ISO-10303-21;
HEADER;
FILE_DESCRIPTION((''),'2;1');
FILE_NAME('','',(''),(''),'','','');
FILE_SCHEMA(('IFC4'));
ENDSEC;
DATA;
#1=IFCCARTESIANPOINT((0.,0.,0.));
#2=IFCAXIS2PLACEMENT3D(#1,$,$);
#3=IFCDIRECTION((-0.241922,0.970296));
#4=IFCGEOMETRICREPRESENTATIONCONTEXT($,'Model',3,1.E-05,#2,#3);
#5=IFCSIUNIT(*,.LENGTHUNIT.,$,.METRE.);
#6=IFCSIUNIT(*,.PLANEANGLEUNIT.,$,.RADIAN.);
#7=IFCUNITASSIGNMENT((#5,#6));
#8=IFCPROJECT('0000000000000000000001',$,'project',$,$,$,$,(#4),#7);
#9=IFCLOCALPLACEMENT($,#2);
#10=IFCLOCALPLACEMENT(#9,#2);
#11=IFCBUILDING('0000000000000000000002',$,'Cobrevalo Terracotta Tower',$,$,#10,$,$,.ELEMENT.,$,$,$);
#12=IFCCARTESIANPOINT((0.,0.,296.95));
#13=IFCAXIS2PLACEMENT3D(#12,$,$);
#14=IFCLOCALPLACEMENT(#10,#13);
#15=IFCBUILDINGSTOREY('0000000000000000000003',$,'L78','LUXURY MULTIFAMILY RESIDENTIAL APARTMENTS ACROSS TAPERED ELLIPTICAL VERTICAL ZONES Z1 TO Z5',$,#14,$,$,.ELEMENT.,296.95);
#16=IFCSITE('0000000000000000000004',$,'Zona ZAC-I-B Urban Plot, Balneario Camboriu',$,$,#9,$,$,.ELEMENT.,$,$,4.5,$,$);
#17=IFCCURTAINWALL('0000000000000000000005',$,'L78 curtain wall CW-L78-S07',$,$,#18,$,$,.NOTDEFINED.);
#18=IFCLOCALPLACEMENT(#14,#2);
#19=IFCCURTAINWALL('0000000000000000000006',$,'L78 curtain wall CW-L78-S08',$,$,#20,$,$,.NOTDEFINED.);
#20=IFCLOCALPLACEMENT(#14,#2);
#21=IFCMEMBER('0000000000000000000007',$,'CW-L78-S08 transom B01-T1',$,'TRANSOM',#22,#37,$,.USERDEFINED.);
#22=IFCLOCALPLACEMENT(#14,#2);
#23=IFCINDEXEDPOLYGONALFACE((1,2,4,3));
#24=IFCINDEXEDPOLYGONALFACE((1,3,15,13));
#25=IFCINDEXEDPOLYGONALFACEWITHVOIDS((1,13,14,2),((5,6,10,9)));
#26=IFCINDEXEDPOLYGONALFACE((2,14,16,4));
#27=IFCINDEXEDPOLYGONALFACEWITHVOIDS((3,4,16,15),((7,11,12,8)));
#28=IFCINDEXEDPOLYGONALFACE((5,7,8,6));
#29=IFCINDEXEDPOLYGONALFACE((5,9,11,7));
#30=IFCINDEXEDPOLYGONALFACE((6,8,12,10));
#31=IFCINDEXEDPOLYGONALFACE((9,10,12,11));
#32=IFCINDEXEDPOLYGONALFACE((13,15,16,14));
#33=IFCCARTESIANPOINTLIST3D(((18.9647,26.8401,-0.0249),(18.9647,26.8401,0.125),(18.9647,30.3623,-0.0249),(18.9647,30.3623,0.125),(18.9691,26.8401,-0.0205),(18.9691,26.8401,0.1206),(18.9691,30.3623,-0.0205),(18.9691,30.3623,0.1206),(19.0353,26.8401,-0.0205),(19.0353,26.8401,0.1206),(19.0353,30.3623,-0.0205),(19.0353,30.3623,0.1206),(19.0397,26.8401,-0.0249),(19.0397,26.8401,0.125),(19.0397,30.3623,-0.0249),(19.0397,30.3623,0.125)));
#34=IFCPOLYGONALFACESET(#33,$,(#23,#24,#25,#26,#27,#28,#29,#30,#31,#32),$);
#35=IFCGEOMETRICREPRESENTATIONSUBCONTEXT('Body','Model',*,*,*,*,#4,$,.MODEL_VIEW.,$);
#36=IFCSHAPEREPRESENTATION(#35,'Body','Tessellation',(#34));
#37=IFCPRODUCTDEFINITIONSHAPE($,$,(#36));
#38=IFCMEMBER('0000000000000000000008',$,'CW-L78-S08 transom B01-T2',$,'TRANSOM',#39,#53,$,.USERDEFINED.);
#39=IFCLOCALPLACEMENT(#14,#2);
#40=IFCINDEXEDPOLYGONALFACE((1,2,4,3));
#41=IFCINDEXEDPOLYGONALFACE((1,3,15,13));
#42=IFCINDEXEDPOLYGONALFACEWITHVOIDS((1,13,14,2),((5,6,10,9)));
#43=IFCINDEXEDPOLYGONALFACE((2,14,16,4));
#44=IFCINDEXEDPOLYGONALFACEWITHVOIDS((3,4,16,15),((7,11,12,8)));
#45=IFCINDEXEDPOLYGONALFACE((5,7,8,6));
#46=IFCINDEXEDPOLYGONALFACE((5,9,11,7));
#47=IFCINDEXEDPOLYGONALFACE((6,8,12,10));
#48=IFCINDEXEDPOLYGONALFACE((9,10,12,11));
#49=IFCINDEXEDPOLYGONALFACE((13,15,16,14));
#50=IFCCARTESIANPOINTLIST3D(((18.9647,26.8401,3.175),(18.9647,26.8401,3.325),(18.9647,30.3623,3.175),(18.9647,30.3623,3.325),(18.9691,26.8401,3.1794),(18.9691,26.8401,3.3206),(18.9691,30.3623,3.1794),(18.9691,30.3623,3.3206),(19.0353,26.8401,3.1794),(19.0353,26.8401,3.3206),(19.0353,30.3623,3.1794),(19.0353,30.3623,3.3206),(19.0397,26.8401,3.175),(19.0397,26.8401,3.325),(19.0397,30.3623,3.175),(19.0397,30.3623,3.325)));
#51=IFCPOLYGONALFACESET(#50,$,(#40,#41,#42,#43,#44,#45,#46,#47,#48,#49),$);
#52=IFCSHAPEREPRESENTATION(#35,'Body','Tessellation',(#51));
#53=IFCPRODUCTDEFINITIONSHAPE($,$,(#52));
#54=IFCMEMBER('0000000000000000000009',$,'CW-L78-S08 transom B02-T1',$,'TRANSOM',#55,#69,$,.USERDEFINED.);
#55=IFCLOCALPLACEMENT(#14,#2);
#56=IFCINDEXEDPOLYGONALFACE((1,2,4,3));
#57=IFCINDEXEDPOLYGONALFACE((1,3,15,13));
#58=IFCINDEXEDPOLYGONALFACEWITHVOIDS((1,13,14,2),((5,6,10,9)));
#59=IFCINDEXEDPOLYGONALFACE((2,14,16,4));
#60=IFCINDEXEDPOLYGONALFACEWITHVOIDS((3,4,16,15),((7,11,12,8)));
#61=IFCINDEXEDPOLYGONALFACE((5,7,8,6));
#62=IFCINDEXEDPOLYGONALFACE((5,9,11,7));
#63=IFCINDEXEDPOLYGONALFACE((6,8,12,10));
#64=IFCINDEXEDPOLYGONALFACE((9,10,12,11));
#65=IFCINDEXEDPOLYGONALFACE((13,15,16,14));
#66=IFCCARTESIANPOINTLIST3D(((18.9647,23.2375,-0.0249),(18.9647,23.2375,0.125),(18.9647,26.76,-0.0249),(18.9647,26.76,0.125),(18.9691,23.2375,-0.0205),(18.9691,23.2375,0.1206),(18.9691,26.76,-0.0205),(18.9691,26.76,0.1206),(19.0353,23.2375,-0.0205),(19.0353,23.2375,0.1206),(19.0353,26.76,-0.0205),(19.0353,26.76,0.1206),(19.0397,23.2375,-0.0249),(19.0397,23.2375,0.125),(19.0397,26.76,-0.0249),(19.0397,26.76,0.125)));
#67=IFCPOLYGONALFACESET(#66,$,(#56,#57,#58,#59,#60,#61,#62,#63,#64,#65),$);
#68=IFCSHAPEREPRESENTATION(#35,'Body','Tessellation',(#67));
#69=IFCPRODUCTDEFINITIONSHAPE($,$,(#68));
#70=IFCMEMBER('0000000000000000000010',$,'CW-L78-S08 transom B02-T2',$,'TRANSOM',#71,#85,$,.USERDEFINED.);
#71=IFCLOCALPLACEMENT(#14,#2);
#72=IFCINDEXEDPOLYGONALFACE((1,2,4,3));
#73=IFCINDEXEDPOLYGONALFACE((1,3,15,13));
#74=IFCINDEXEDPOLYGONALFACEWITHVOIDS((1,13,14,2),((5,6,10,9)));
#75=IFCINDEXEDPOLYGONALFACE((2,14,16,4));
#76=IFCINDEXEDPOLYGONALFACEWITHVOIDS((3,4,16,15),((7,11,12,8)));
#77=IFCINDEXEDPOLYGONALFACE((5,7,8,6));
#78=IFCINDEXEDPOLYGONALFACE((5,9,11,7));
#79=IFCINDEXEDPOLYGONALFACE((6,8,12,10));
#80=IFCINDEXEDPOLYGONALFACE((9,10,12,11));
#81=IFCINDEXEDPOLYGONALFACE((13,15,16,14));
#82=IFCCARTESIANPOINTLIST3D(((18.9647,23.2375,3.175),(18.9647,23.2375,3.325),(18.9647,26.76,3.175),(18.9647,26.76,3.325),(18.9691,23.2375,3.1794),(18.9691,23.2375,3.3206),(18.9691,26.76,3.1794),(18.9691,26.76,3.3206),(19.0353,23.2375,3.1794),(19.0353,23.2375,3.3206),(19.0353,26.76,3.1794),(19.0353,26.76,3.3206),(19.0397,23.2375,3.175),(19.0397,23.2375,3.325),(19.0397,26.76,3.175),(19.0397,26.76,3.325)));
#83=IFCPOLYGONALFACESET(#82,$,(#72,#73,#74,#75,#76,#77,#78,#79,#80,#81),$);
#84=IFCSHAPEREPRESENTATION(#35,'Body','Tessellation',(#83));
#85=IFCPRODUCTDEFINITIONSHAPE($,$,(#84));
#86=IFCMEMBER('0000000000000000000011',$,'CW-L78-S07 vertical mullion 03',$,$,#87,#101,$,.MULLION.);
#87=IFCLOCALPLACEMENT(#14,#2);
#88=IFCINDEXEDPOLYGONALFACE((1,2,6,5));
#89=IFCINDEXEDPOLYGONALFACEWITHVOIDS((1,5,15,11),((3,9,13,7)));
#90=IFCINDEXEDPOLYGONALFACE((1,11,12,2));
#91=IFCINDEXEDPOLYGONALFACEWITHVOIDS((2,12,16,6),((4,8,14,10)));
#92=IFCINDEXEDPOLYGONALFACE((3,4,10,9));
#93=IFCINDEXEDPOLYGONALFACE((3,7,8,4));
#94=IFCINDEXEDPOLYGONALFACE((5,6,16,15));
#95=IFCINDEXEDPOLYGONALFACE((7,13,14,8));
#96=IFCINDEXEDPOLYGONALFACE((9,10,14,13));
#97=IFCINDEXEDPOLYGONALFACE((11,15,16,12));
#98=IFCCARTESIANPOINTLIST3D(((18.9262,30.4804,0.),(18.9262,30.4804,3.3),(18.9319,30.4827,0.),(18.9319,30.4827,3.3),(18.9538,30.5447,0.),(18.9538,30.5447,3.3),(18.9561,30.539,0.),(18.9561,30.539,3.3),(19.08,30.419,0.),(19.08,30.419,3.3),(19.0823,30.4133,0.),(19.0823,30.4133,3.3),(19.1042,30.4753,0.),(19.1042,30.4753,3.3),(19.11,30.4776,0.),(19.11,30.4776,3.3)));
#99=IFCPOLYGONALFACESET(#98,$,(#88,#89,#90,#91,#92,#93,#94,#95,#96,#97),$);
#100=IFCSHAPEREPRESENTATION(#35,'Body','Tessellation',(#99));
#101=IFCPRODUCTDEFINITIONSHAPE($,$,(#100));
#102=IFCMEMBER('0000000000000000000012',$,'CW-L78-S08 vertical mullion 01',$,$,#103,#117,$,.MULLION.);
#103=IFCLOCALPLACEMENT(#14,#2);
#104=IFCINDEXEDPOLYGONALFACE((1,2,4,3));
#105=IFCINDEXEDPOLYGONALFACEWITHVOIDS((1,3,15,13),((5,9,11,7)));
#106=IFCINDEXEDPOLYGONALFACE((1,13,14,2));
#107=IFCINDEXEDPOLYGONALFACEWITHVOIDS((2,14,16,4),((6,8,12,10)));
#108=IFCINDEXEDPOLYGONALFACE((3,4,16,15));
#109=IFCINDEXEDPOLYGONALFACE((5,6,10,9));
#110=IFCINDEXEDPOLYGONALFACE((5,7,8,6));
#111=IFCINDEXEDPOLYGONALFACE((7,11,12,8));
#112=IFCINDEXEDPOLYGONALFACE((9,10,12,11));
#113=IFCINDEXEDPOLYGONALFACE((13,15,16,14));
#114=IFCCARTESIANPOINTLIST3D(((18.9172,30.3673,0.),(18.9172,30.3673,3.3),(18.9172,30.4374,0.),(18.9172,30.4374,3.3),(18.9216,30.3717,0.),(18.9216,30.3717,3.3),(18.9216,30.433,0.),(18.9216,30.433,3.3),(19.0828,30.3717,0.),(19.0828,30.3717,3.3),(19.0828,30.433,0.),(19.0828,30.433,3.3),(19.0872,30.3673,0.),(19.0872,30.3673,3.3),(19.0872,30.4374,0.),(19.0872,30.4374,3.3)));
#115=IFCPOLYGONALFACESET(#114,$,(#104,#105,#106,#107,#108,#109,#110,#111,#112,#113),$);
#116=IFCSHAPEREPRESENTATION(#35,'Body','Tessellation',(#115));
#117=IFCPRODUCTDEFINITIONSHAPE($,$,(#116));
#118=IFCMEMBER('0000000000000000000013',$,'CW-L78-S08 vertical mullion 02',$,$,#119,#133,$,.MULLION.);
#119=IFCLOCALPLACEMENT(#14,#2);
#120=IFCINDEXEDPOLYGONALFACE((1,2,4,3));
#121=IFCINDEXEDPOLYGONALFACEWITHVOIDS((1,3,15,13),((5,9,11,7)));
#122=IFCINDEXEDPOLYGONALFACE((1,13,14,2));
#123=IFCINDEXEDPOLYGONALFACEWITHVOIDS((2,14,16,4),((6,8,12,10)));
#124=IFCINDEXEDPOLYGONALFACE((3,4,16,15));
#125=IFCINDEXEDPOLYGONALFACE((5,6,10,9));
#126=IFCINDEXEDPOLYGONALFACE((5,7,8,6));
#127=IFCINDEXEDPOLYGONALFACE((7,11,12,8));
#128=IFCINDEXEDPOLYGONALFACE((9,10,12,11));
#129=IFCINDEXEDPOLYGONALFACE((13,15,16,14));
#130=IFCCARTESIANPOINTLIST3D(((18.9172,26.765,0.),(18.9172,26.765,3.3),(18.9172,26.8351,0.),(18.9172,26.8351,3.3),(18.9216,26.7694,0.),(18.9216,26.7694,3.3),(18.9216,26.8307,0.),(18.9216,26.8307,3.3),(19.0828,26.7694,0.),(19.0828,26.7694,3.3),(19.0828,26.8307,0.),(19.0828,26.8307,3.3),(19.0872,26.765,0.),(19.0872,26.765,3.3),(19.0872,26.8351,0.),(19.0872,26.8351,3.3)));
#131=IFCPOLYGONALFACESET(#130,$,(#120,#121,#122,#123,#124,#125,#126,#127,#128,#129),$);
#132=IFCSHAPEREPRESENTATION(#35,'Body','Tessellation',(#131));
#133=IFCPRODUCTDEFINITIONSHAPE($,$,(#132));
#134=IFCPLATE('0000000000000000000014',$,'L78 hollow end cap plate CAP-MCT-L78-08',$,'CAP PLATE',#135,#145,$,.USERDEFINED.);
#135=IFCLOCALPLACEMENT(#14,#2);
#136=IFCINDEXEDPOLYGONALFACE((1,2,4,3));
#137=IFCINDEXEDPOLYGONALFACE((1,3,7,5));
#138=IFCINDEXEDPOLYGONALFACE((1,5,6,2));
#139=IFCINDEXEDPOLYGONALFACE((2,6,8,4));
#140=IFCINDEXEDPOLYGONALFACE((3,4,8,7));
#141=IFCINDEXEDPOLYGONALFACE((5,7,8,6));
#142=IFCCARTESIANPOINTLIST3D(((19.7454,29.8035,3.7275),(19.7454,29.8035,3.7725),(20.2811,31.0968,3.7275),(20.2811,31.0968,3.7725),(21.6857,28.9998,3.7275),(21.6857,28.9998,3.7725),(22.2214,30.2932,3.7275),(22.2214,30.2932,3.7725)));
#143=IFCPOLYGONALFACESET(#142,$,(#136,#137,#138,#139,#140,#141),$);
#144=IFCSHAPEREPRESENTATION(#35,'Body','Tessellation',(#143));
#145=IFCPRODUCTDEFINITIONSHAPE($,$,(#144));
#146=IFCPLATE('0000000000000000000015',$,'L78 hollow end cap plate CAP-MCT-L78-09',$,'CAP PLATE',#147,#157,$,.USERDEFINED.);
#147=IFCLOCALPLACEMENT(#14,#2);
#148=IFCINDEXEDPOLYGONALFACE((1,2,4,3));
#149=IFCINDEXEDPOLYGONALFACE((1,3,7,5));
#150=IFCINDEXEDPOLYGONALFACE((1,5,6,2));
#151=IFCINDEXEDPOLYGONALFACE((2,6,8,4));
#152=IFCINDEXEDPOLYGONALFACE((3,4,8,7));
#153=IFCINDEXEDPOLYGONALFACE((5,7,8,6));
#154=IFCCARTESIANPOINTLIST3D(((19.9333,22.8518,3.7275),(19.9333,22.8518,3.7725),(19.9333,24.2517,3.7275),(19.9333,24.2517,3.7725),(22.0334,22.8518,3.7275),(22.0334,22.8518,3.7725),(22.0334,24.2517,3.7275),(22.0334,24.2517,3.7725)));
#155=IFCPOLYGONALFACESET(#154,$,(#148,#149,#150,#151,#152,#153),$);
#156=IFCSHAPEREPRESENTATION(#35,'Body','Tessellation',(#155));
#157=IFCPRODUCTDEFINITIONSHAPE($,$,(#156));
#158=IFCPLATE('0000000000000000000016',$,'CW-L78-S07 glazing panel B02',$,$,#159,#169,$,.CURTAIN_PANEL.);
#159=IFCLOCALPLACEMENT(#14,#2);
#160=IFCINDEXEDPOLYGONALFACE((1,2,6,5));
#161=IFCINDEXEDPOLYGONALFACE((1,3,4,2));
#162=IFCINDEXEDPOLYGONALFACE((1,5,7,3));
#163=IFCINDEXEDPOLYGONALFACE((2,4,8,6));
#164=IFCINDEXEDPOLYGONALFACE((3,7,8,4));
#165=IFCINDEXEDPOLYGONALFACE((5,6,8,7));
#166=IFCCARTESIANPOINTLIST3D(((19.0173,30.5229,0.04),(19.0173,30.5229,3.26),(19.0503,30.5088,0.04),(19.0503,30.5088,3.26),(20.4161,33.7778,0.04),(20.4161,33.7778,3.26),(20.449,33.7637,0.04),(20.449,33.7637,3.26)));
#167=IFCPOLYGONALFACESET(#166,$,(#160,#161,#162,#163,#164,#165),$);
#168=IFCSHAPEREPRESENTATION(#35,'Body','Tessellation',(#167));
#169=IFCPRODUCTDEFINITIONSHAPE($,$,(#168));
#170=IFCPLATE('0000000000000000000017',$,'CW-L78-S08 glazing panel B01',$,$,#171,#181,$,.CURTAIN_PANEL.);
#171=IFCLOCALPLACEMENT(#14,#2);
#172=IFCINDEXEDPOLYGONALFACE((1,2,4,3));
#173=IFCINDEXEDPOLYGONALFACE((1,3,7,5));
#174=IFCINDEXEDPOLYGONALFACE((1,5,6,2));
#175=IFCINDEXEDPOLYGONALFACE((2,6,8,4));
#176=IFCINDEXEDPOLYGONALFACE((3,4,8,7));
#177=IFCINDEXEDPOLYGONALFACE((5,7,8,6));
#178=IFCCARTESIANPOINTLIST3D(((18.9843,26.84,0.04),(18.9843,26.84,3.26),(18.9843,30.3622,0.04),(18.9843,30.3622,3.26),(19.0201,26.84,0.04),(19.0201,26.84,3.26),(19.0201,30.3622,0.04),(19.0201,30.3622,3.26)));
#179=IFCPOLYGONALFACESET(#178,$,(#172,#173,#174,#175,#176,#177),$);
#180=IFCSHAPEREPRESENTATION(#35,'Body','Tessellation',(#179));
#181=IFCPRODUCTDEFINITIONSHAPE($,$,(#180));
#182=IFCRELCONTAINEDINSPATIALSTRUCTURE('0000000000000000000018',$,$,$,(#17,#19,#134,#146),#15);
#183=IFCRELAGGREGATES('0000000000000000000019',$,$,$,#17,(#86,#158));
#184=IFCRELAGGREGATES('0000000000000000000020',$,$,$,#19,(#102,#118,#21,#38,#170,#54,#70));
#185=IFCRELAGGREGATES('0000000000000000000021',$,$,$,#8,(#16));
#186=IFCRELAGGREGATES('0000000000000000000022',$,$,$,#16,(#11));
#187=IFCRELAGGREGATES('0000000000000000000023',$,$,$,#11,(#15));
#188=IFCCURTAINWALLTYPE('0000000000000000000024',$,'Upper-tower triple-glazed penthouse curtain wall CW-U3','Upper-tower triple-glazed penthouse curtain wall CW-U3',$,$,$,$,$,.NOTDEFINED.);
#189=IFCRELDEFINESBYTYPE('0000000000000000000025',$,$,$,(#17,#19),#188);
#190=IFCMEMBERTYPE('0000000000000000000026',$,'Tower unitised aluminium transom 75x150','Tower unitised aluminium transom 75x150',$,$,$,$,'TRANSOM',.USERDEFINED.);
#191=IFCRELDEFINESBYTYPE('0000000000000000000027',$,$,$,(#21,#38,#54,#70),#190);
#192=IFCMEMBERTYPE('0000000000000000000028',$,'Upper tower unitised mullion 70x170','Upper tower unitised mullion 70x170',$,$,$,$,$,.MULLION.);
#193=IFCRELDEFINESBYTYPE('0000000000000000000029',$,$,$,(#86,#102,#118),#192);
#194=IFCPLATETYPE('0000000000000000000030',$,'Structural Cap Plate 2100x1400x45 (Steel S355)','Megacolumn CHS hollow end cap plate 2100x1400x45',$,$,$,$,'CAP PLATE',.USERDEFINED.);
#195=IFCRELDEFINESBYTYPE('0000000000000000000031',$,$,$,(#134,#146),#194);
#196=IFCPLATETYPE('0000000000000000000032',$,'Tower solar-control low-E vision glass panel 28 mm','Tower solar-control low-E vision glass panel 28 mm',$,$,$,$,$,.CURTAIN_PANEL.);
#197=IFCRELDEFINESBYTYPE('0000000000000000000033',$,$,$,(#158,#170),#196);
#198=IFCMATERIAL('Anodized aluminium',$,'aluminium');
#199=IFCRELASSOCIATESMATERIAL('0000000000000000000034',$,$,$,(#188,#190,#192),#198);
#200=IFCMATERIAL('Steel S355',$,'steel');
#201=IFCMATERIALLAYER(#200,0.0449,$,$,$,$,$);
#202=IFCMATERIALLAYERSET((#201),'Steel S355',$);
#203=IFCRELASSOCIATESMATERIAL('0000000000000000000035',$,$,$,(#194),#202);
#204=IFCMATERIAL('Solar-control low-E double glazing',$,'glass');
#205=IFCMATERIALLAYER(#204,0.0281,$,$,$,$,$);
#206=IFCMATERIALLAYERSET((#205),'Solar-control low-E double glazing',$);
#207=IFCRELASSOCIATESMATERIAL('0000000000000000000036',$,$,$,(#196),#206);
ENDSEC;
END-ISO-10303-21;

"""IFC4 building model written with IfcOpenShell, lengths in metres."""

from ifc_helpers import new_model, si_unit, direction, frame, origin, origin_2d, place, context, subcontext, project, spatial, rectangle, hollow_rectangle, extrude, source, transform, mapped, material, layer, layer_set, material_profile, profile_set, type_object, element, aggregate, save


model = new_model("IFC4")

# Units and contexts
model_context = context("Model", 3, precision=1e-05, world=origin(), true_north=direction((-0.241922, 0.970296)))
body_context = subcontext(model_context, "Body", "Model", "MODEL_VIEW")
ifc_project = project(units=[si_unit("LENGTHUNIT", "METRE"), si_unit("PLANEANGLEUNIT", "RADIAN")], contexts=[model_context])

# Site, building, storey
site_placement = place(None, origin())
site = spatial("IfcSite", under=ifc_project, at=site_placement, Name="Zona ZAC-I-B Urban Plot, Balneario Camboriu", CompositionType="ELEMENT", RefElevation=4.5)
building_placement = place(site_placement, origin())
building = spatial("IfcBuilding", under=site, at=building_placement, Name="Cobrevalo Terracotta Tower", CompositionType="ELEMENT")
storey_placement = place(building_placement, frame((0.0, 0.0, 296.95)))
storey = spatial("IfcBuildingStorey", under=building, at=storey_placement, Name="L78", Description="LUXURY MULTIFAMILY RESIDENTIAL APARTMENTS ACROSS TAPERED ELLIPTICAL VERTICAL ZONES Z1 TO Z5", CompositionType="ELEMENT", Elevation=296.95)

# Shared definitions
ifc_material_1 = material(Name="Steel S355", Category="steel")

# Curtain walls, members
ifc_material_2 = material(Name="Anodized aluminium", Category="aluminium")
curtain_wall_type = type_object("IfcCurtainWallType", Name="Upper-tower triple-glazed penthouse curtain wall CW-U3", Description="Upper-tower triple-glazed penthouse curtain wall CW-U3", PredefinedType="NOTDEFINED", material=ifc_material_2)
curtain_wall_1_placement = place(storey_placement, origin())
curtain_wall_1 = element("IfcCurtainWall", 1, at=curtain_wall_1_placement, inside=storey, type_object=curtain_wall_type, Name="L78 curtain wall CW-L78-S07", PredefinedType="NOTDEFINED")
ifc_material_profile_1 = material_profile(ifc_material_2, hollow_rectangle(XDim=0.075, YDim=0.1499, WallThickness=0.0044, at=origin_2d()), Name="CWT 75x150")
ifc_profile_set_1 = profile_set([ifc_material_profile_1], Name="Anodized aluminium")
member_type_1 = type_object("IfcMemberType", Name="Tower unitised aluminium transom 75x150", Description="Tower unitised aluminium transom 75x150", ElementType="TRANSOM", PredefinedType="USERDEFINED", material=ifc_profile_set_1)
curtain_wall_2_placement = place(storey_placement, origin())
curtain_wall_2 = element("IfcCurtainWall", 2, at=curtain_wall_2_placement, inside=storey, type_object=curtain_wall_type, Name="L78 curtain wall CW-L78-S08", PredefinedType="NOTDEFINED")
shared_shape_1 = source(origin(), body_context, "Body", "SweptSolid", [
    extrude(hollow_rectangle(XDim=0.075, YDim=0.1499, WallThickness=0.0044, at=origin_2d()), origin(), (0.0, 0.0, 1.0), 3.5222),
])
member_1_placement = place(storey_placement, frame((19.0022, 30.3623, 0.05), z_axis=(0.0, -1.0, 0.0), x_axis=(1.0, 0.0, 0.0)))
member_1 = element("IfcMember", 3, at=member_1_placement, type_object=member_type_1, Name="CW-L78-S08 transom B01-T1", ObjectType="TRANSOM", PredefinedType="USERDEFINED", context=body_context, shape_type="MappedRepresentation", body=[
    mapped(shared_shape_1, transform((0.0, 0.0, 0.0), scale=1.0)),
])
member_2_placement = place(storey_placement, frame((19.0022, 30.3623, 3.25), z_axis=(0.0, -1.0, 0.0), x_axis=(1.0, 0.0, 0.0)))
member_2 = element("IfcMember", 4, at=member_2_placement, type_object=member_type_1, Name="CW-L78-S08 transom B01-T2", ObjectType="TRANSOM", PredefinedType="USERDEFINED", context=body_context, shape_type="MappedRepresentation", body=[
    mapped(shared_shape_1, transform((0.0, 0.0, 0.0), scale=1.0)),
])
shared_shape_2 = source(origin(), body_context, "Body", "SweptSolid", [
    extrude(hollow_rectangle(XDim=0.075, YDim=0.1499, WallThickness=0.0044, at=origin_2d()), origin(), (0.0, 0.0, 1.0), 3.5225),
])
member_3_placement = place(storey_placement, frame((19.0022, 26.76, 0.05), z_axis=(0.0, -1.0, 0.0), x_axis=(1.0, 0.0, 0.0)))
member_3 = element("IfcMember", 5, at=member_3_placement, type_object=member_type_1, Name="CW-L78-S08 transom B02-T1", ObjectType="TRANSOM", PredefinedType="USERDEFINED", context=body_context, shape_type="MappedRepresentation", body=[
    mapped(shared_shape_2, transform((0.0, 0.0, 0.0), scale=1.0)),
])
member_4_placement = place(storey_placement, frame((19.0022, 26.76, 3.25), z_axis=(0.0, -1.0, 0.0), x_axis=(1.0, 0.0, 0.0)))
member_4 = element("IfcMember", 6, at=member_4_placement, type_object=member_type_1, Name="CW-L78-S08 transom B02-T2", ObjectType="TRANSOM", PredefinedType="USERDEFINED", context=body_context, shape_type="MappedRepresentation", body=[
    mapped(shared_shape_2, transform((0.0, 0.0, 0.0), scale=1.0)),
])

# Members
ifc_material_profile_2 = material_profile(ifc_material_2, hollow_rectangle(XDim=0.0701, YDim=0.1699, WallThickness=0.0044, at=origin_2d()), Name="CWM 70x170")
ifc_profile_set_2 = profile_set([ifc_material_profile_2], Name="Anodized aluminium")
member_type_2 = type_object("IfcMemberType", Name="Upper tower unitised mullion 70x170", Description="Upper tower unitised mullion 70x170", PredefinedType="MULLION", material=ifc_profile_set_2)
shared_shape_3 = source(origin(), body_context, "Body", "SweptSolid", [
    extrude(hollow_rectangle(XDim=0.0701, YDim=0.1699, WallThickness=0.0044, at=origin_2d()), origin(), (0.0, 0.0, 1.0), 3.3),
])
member_5_placement = place(storey_placement, frame((19.0181, 30.479, 0.0), z_axis=(0.0, 0.0, 1.0), x_axis=(-0.394824, -0.918757, 0.0)))
member_5 = element("IfcMember", 7, at=member_5_placement, type_object=member_type_2, Name="CW-L78-S07 vertical mullion 03", PredefinedType="MULLION", context=body_context, shape_type="MappedRepresentation", body=[
    mapped(shared_shape_3, transform((0.0, 0.0, 0.0), scale=1.0)),
])
member_6_placement = place(storey_placement, frame((19.0022, 30.4023, 0.0), z_axis=(0.0, 0.0, 1.0), x_axis=(0.0, -1.0, 0.0)))
member_6 = element("IfcMember", 8, at=member_6_placement, type_object=member_type_2, Name="CW-L78-S08 vertical mullion 01", PredefinedType="MULLION", context=body_context, shape_type="MappedRepresentation", body=[
    mapped(shared_shape_3, transform((0.0, 0.0, 0.0), scale=1.0)),
])
member_7_placement = place(storey_placement, frame((19.0022, 26.8, 0.0), z_axis=(0.0, 0.0, 1.0), x_axis=(0.0, -1.0, 0.0)))
member_7 = element("IfcMember", 9, at=member_7_placement, type_object=member_type_2, Name="CW-L78-S08 vertical mullion 02", PredefinedType="MULLION", context=body_context, shape_type="MappedRepresentation", body=[
    mapped(shared_shape_3, transform((0.0, 0.0, 0.0), scale=1.0)),
])

# Plates
ifc_layer_1 = layer(ifc_material_1, 0.0449)
ifc_layer_set_1 = layer_set([ifc_layer_1], Name="Steel S355")
plate_type_1 = type_object("IfcPlateType", Name="Structural Cap Plate 2100x1400x45 (Steel S355)", Description="Megacolumn CHS hollow end cap plate 2100x1400x45", ElementType="CAP PLATE", PredefinedType="USERDEFINED", material=ifc_layer_set_1)
shared_shape_4 = source(origin(), body_context, "Body", "SweptSolid", [
    extrude(rectangle(XDim=2.1001, YDim=1.3999, at=origin_2d()), origin(), (0.0, 0.0, 1.0), 0.0449),
])
for number, where, z_axis, x_axis, name in (
    (10, (20.9834, 30.0483, 3.7275), (0.0, 0.0, 1.0), (-0.92388, 0.382683, 0.0), "L78 hollow end cap plate CAP-MCT-L78-08"),
    (11, (20.9834, 23.5518, 3.7275), (0.0, 0.0, 1.0), (-1.0, 0.0, 0.0), "L78 hollow end cap plate CAP-MCT-L78-09"),
):
    element("IfcPlate", number, at=place(storey_placement, frame(where, z_axis=z_axis, x_axis=x_axis)), inside=storey, type_object=plate_type_1, Name=name, ObjectType="CAP PLATE", PredefinedType="USERDEFINED", context=body_context, shape_type="MappedRepresentation", body=[
        mapped(shared_shape_4, transform((0.0, 0.0, 0.0), scale=1.0)),
    ])

# Plates
ifc_material_3 = material(Name="Solar-control low-E double glazing", Category="glass")
ifc_layer_2 = layer(ifc_material_3, 0.0281)
ifc_layer_set_2 = layer_set([ifc_layer_2], Name="Solar-control low-E double glazing")
plate_type_2 = type_object("IfcPlateType", Name="Tower solar-control low-E vision glass panel 28 mm", Description="Tower solar-control low-E vision glass panel 28 mm", PredefinedType="CURTAIN_PANEL", material=ifc_layer_set_2)
shared_shape_5 = source(origin(), body_context, "Body", "SweptSolid", [
    extrude(rectangle(XDim=3.5427, YDim=0.0359, at=origin_2d()), origin(), (0.0, 0.0, 1.0), 3.22),
])
plate_1_placement = place(storey_placement, frame((19.7332, 32.1433, 0.04), z_axis=(0.0, 0.0, 1.0), x_axis=(-0.394829, -0.918755, 0.0)))
plate_1 = element("IfcPlate", 12, at=plate_1_placement, type_object=plate_type_2, Name="CW-L78-S07 glazing panel B02", PredefinedType="CURTAIN_PANEL", context=body_context, shape_type="MappedRepresentation", body=[
    mapped(shared_shape_5, transform((0.0, 0.0, 0.0), scale=1.0)),
])
aggregate(curtain_wall_1, [member_5, plate_1])
shared_shape_6 = source(origin(), body_context, "Body", "SweptSolid", [
    extrude(rectangle(XDim=3.5222, YDim=0.0359, at=origin_2d()), origin(), (0.0, 0.0, 1.0), 3.22),
])
plate_2_placement = place(storey_placement, frame((19.0022, 28.6011, 0.04), z_axis=(0.0, 0.0, 1.0), x_axis=(0.0, -1.0, 0.0)))
plate_2 = element("IfcPlate", 13, at=plate_2_placement, type_object=plate_type_2, Name="CW-L78-S08 glazing panel B01", PredefinedType="CURTAIN_PANEL", context=body_context, shape_type="MappedRepresentation", body=[
    mapped(shared_shape_6, transform((0.0, 0.0, 0.0), scale=1.0)),
])
aggregate(curtain_wall_2, [member_6, member_7, member_1, member_2, plate_2, member_3, member_4])

save(model, "model.ifc")
